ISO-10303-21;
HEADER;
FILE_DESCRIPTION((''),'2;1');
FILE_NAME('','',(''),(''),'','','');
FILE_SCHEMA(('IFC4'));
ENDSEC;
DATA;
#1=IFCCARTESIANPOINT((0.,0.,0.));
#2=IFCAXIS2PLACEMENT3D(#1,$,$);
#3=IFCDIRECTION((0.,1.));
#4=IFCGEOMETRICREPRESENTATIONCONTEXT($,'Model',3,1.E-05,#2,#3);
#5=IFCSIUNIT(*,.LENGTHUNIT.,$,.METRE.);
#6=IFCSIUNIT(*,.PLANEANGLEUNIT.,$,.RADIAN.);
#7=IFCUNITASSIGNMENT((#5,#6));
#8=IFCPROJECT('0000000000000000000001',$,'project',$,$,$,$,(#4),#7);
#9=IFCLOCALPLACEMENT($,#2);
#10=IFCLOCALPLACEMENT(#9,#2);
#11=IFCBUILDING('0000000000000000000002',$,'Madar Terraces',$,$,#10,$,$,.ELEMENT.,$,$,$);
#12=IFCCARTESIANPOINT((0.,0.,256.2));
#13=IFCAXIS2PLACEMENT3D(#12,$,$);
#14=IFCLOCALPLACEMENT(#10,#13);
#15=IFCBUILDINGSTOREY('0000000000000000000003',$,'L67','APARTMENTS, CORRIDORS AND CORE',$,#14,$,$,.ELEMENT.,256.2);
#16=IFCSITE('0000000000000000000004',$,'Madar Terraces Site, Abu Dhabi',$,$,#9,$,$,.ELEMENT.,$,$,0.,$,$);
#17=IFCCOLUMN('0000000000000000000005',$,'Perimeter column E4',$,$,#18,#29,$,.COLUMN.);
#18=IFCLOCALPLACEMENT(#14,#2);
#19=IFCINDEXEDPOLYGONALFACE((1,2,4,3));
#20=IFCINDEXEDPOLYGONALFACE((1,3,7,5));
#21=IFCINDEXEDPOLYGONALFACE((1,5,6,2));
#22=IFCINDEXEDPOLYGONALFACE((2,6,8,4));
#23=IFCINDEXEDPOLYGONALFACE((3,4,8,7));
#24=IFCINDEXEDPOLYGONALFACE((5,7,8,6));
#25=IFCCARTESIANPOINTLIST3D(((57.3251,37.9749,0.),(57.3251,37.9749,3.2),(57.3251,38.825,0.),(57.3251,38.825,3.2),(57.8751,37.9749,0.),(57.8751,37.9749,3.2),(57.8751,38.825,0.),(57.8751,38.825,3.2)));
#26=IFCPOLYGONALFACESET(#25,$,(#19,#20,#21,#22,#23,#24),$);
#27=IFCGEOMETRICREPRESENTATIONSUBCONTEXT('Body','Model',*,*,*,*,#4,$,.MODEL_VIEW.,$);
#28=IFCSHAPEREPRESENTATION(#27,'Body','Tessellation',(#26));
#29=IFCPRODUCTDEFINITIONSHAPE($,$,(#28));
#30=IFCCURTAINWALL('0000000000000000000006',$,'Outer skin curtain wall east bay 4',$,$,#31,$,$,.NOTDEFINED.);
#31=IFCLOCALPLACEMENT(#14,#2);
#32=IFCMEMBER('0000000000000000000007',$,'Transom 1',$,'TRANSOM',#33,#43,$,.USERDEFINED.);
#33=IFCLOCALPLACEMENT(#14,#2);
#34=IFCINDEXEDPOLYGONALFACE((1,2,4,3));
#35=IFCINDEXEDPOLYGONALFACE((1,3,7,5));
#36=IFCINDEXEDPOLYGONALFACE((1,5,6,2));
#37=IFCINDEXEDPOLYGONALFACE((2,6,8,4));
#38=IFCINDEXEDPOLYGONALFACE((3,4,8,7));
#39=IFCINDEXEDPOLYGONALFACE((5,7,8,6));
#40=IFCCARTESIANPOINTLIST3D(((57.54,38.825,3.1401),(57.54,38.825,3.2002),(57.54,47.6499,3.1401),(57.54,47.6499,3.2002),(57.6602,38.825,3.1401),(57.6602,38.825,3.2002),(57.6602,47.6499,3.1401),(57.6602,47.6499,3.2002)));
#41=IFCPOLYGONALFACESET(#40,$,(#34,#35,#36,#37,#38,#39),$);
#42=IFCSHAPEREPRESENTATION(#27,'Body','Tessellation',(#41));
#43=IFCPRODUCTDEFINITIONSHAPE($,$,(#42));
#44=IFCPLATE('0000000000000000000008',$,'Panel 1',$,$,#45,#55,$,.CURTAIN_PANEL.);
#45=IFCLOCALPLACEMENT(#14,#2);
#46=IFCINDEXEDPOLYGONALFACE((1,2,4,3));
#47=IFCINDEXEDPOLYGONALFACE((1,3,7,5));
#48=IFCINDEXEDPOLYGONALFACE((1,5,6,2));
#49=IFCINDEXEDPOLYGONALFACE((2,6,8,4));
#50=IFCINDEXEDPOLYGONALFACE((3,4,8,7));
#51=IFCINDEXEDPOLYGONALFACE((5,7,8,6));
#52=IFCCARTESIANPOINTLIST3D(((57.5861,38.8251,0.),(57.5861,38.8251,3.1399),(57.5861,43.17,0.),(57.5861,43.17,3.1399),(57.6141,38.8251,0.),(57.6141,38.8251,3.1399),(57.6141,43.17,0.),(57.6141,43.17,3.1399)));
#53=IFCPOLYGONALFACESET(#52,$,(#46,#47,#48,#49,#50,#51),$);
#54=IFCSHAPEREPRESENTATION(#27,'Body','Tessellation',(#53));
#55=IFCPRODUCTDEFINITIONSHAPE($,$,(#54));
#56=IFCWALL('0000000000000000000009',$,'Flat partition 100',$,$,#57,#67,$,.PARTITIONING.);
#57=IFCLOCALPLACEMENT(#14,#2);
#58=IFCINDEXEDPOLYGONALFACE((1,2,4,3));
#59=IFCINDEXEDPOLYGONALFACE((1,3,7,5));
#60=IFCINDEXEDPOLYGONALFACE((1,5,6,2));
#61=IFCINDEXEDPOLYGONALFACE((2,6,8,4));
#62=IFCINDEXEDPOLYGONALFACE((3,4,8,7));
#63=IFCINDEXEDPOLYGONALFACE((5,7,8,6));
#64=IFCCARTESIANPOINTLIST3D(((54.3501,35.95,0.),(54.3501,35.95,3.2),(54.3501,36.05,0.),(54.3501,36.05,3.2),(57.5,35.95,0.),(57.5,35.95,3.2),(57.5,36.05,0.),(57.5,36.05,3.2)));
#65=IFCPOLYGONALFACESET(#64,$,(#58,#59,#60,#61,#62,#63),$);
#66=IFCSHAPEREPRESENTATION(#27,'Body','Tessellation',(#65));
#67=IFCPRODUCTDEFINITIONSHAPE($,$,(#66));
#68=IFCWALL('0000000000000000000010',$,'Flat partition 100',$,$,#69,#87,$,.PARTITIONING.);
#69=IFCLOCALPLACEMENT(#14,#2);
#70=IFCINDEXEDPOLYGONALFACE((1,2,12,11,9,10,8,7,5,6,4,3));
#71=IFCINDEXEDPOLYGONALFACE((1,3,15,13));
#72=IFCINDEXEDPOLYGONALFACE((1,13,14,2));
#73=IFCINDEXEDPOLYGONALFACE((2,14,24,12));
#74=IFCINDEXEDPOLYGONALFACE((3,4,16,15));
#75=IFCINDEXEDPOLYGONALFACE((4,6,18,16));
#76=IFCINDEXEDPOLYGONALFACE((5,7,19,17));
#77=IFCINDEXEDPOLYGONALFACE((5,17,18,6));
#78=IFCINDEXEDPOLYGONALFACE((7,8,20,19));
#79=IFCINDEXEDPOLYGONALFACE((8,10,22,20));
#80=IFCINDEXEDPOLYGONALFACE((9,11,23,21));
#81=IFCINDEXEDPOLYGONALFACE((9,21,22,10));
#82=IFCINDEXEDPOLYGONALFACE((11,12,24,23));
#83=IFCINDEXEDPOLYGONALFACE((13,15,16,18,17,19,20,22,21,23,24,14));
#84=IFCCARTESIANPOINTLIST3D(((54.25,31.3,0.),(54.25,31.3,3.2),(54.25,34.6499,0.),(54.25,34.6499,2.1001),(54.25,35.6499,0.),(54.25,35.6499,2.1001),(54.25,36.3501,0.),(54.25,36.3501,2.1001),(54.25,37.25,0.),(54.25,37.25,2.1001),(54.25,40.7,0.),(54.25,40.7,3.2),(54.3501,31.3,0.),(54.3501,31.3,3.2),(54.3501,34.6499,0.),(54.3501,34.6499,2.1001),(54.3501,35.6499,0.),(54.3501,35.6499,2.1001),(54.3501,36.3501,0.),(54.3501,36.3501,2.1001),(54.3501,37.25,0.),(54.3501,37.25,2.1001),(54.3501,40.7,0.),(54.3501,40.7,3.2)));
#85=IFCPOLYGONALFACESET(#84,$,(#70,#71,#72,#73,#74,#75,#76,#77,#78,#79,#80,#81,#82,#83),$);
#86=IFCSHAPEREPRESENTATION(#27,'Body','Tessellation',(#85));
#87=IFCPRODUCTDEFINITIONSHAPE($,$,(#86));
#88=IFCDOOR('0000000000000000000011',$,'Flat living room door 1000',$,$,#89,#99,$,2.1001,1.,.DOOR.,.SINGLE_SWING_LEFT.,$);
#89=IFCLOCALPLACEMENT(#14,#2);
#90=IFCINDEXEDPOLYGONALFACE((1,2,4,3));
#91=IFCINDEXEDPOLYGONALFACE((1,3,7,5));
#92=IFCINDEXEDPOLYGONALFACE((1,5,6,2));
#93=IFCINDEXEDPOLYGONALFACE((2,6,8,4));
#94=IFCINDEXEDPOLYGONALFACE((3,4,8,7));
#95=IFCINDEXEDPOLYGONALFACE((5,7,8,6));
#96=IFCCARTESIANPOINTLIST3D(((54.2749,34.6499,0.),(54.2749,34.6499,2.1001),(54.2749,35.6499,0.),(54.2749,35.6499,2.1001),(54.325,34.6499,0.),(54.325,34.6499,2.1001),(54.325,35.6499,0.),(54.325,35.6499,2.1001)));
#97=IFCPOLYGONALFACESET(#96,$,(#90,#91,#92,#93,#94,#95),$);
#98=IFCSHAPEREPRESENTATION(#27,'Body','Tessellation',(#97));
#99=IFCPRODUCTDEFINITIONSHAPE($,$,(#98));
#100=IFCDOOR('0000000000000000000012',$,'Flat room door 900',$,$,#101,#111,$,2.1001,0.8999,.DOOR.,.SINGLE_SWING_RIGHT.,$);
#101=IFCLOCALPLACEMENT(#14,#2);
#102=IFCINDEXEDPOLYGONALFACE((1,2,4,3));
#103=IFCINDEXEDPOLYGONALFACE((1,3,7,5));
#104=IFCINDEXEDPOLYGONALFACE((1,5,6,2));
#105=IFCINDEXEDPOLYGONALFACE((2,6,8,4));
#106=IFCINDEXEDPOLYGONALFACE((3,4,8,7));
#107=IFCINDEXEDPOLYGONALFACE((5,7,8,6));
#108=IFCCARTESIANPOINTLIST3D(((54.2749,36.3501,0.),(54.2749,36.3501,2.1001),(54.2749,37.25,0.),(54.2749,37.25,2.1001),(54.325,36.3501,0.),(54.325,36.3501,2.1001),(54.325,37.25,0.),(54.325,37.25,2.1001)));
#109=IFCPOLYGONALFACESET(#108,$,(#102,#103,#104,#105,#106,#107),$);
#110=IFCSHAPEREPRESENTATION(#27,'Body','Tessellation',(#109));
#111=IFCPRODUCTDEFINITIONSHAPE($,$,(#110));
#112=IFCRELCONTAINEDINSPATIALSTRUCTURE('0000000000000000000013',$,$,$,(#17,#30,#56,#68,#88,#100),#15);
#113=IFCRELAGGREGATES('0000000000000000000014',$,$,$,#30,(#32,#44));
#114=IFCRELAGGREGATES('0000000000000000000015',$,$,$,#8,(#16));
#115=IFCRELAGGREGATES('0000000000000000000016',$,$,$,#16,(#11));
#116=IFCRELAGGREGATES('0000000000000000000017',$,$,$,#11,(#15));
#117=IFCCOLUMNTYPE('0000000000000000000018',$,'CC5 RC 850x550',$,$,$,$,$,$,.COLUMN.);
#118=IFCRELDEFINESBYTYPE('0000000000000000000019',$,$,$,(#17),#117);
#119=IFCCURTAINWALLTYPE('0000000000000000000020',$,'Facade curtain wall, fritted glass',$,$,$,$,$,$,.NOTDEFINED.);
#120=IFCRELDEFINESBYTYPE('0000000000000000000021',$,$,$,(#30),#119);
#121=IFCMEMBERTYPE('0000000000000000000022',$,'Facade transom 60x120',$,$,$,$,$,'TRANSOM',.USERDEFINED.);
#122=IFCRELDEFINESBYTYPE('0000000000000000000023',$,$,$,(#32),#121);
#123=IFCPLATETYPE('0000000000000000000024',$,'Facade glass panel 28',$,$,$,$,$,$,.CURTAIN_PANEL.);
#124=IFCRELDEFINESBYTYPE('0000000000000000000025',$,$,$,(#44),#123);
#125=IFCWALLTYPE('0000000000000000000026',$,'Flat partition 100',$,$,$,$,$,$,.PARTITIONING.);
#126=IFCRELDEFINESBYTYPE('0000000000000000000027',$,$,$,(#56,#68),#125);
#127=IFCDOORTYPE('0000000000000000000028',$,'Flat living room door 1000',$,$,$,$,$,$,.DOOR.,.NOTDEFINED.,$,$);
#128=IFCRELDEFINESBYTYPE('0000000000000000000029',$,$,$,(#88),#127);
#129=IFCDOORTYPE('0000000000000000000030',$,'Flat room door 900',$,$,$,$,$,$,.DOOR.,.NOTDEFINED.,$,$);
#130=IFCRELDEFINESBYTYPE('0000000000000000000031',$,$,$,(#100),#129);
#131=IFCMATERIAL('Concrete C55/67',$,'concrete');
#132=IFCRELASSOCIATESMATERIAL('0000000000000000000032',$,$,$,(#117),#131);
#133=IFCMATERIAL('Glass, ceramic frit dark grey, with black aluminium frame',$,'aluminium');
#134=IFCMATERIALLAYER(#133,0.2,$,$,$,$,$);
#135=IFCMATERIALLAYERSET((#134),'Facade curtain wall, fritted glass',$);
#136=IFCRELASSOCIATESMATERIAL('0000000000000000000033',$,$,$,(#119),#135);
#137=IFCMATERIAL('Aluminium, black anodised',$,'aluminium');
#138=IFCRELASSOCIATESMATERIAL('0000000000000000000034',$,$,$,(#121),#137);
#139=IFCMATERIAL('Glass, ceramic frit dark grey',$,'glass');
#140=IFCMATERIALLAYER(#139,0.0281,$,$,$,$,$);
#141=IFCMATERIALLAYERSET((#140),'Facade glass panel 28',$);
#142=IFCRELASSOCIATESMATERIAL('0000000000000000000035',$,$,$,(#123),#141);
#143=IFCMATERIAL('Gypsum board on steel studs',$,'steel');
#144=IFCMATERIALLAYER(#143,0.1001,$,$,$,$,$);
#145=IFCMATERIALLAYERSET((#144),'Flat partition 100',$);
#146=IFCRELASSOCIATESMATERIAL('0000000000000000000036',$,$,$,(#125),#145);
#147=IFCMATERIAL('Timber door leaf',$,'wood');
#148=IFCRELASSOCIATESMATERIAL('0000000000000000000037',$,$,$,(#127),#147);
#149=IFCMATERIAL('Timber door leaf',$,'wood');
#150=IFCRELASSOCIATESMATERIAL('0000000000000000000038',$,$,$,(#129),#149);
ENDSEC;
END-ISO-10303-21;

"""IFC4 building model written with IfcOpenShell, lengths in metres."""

from ifc_helpers import new_model, si_unit, direction, frame, frame_2d, origin, origin_2d, place, context, subcontext, project, spatial, rectangle, extrude, material, layer, layer_set, material_profile, profile_set, type_object, element, fill, aggregate, save


model = new_model("IFC4")

# Units and contexts
model_context = context("Model", 3, precision=1e-05, world=origin(), true_north=direction((0.0, 1.0)))
body_context = subcontext(model_context, "Body", "Model", "MODEL_VIEW")
ifc_project = project(units=[si_unit("LENGTHUNIT", "METRE"), si_unit("PLANEANGLEUNIT", "RADIAN")], contexts=[model_context])

# Site, building, storey
site_placement = place(None, origin())
site = spatial("IfcSite", under=ifc_project, at=site_placement, Name="Madar Terraces Site, Abu Dhabi", CompositionType="ELEMENT", RefElevation=0.0)
building_placement = place(site_placement, origin())
building = spatial("IfcBuilding", under=site, at=building_placement, Name="Madar Terraces", CompositionType="ELEMENT")
storey_placement = place(building_placement, frame((0.0, 0.0, 256.2)))
storey = spatial("IfcBuildingStorey", under=building, at=storey_placement, Name="L67", Description="APARTMENTS, CORRIDORS AND CORE", CompositionType="ELEMENT", Elevation=256.2)

# Column
ifc_material_1 = material(Name="Concrete C55/67", Category="concrete")
ifc_material_profile_1 = material_profile(ifc_material_1, rectangle(XDim=0.8501, YDim=0.55, at=origin_2d()), Name="CC5 RC 850x550")
ifc_profile_set_1 = profile_set([ifc_material_profile_1], Name="Concrete C55/67")
column_type = type_object("IfcColumnType", Name="CC5 RC 850x550", PredefinedType="COLUMN", material=ifc_profile_set_1)
column_placement = place(storey_placement, frame((57.6001, 38.3999, 0.0), z_axis=(0.0, 0.0, 1.0), x_axis=(0.0, 1.0, 0.0)))
element("IfcColumn", 1, at=column_placement, inside=storey, type_object=column_type, Name="Perimeter column E4", PredefinedType="COLUMN", context=body_context, shape_type="SweptSolid", body=[
    extrude(rectangle(XDim=0.8501, YDim=0.55, at=origin_2d()), origin(), (0.0, 0.0, 1.0), 3.2),
])

# Curtain wall, member, plate
ifc_material_2 = material(Name="Glass, ceramic frit dark grey, with black aluminium frame", Category="aluminium")
ifc_layer_1 = layer(ifc_material_2, 0.2)
ifc_layer_set_1 = layer_set([ifc_layer_1], Name="Facade curtain wall, fritted glass")
curtain_wall_type = type_object("IfcCurtainWallType", Name="Facade curtain wall, fritted glass", PredefinedType="NOTDEFINED", material=ifc_layer_set_1)
curtain_wall_placement = place(storey_placement, origin())
curtain_wall = element("IfcCurtainWall", 2, at=curtain_wall_placement, inside=storey, type_object=curtain_wall_type, Name="Outer skin curtain wall east bay 4", PredefinedType="NOTDEFINED")
ifc_material_3 = material(Name="Aluminium, black anodised", Category="aluminium")
ifc_material_profile_2 = material_profile(ifc_material_3, rectangle(XDim=0.1201, YDim=0.0601, at=origin_2d()), Name="Facade transom 60x120")
ifc_profile_set_2 = profile_set([ifc_material_profile_2], Name="Aluminium, black anodised")
member_type = type_object("IfcMemberType", Name="Facade transom 60x120", ElementType="TRANSOM", PredefinedType="USERDEFINED", material=ifc_profile_set_2)
member_placement = place(storey_placement, frame((57.6001, 38.825, 3.1702), z_axis=(0.0, 1.0, 0.0), x_axis=(-1.0, 0.0, 0.0)))
member = element("IfcMember", 3, at=member_placement, type_object=member_type, Name="Transom 1", ObjectType="TRANSOM", PredefinedType="USERDEFINED", context=body_context, shape_type="SweptSolid", body=[
    extrude(rectangle(XDim=0.1201, YDim=0.0601, at=origin_2d()), origin(), (0.0, 0.0, 1.0), 8.825),
])
ifc_material_4 = material(Name="Glass, ceramic frit dark grey", Category="glass")
ifc_layer_2 = layer(ifc_material_4, 0.0281)
ifc_layer_set_2 = layer_set([ifc_layer_2], Name="Facade glass panel 28")
plate_type = type_object("IfcPlateType", Name="Facade glass panel 28", PredefinedType="CURTAIN_PANEL", material=ifc_layer_set_2)
plate_placement = place(storey_placement, frame((57.6001, 40.9976, 0.0), z_axis=(0.0, 0.0, 1.0), x_axis=(0.0, 1.0, 0.0)))
plate = element("IfcPlate", 4, at=plate_placement, type_object=plate_type, Name="Panel 1", PredefinedType="CURTAIN_PANEL", context=body_context, shape_type="SweptSolid", body=[
    extrude(rectangle(XDim=4.345, YDim=0.0281, at=origin_2d()), origin(), (0.0, 0.0, 1.0), 3.1399),
])
aggregate(curtain_wall, [member, plate])

# Wall
ifc_material_5 = material(Name="Gypsum board on steel studs", Category="steel")
ifc_layer_3 = layer(ifc_material_5, 0.1001)
ifc_layer_set_3 = layer_set([ifc_layer_3], Name="Flat partition 100")
wall_type_1 = type_object("IfcWallType", Name="Flat partition 100", PredefinedType="PARTITIONING", material=ifc_layer_set_3)
wall_1_placement = place(storey_placement, frame((54.3501, 36.0, 0.0), z_axis=(0.0, 0.0, 1.0), x_axis=(1.0, 0.0, 0.0)))
element("IfcWall", 5, at=wall_1_placement, inside=storey, type_object=wall_type_1, Name="Flat partition 100", PredefinedType="PARTITIONING", context=body_context, shape_type="SweptSolid", body=[
    extrude(rectangle(XDim=3.1499, YDim=0.1001, at=frame_2d((1.575, 0.0))), origin(), (0.0, 0.0, 1.0), 3.2),
])

# Wall, openings, doors
wall_2_placement = place(storey_placement, frame((54.3, 40.7, 0.0), z_axis=(0.0, 0.0, 1.0), x_axis=(0.0, -1.0, 0.0)))
wall_2 = element("IfcWall", 6, at=wall_2_placement, inside=storey, type_object=wall_type_1, Name="Flat partition 100", PredefinedType="PARTITIONING", context=body_context, shape_type="SweptSolid", body=[
    extrude(rectangle(XDim=9.3999, YDim=0.1001, at=frame_2d((4.7, 0.0))), origin(), (0.0, 0.0, 1.0), 3.2),
])
opening_1_placement = place(wall_2_placement, frame((3.45, 0.0, 0.0)))
opening_1 = element("IfcOpeningElement", 7, at=opening_1_placement, cuts=wall_2, PredefinedType="OPENING", context=body_context, shape_type="SweptSolid", body=[
    extrude(rectangle(XDim=0.8999, YDim=2.1001, at=frame_2d((0.45, 1.05))), frame((0.0, 0.0601, 0.0), z_axis=(0.0, -1.0, 0.0), x_axis=(1.0, 0.0, 0.0)), (0.0, 0.0, 1.0), 0.1201),
])
opening_2_placement = place(wall_2_placement, frame((5.05, 0.0, 0.0)))
opening_2 = element("IfcOpeningElement", 8, at=opening_2_placement, cuts=wall_2, PredefinedType="OPENING", context=body_context, shape_type="SweptSolid", body=[
    extrude(rectangle(XDim=1.0, YDim=2.1001, at=frame_2d((0.5, 1.05))), frame((0.0, 0.0601, 0.0), z_axis=(0.0, -1.0, 0.0), x_axis=(1.0, 0.0, 0.0)), (0.0, 0.0, 1.0), 0.1201),
])
ifc_material_6 = material(Name="Timber door leaf", Category="wood")
door_type_1 = type_object("IfcDoorType", Name="Flat living room door 1000", OperationType="NOTDEFINED", PredefinedType="DOOR", material=ifc_material_6)
door_1_placement = place(opening_2_placement, origin())
door_1 = element("IfcDoor", 9, at=door_1_placement, inside=storey, type_object=door_type_1, Name="Flat living room door 1000", OperationType="SINGLE_SWING_LEFT", OverallHeight=2.1001, OverallWidth=1.0, PredefinedType="DOOR", context=body_context, shape_type="SweptSolid", body=[
    extrude(rectangle(XDim=1.0, YDim=2.1001, at=frame_2d((0.5, 1.05))), frame((0.0, 0.0249, 0.0), z_axis=(0.0, -1.0, 0.0), x_axis=(1.0, 0.0, 0.0)), (0.0, 0.0, 1.0), 0.05),
])
fill(opening_2, door_1)
ifc_material_7 = material(Name="Timber door leaf", Category="wood")
door_type_2 = type_object("IfcDoorType", Name="Flat room door 900", OperationType="NOTDEFINED", PredefinedType="DOOR", material=ifc_material_7)
door_2_placement = place(opening_1_placement, origin())
door_2 = element("IfcDoor", 10, at=door_2_placement, inside=storey, type_object=door_type_2, Name="Flat room door 900", OperationType="SINGLE_SWING_RIGHT", OverallHeight=2.1001, OverallWidth=0.8999, PredefinedType="DOOR", context=body_context, shape_type="SweptSolid", body=[
    extrude(rectangle(XDim=0.8999, YDim=2.1001, at=frame_2d((0.45, 1.05))), frame((0.0, 0.0249, 0.0), z_axis=(0.0, -1.0, 0.0), x_axis=(1.0, 0.0, 0.0)), (0.0, 0.0, 1.0), 0.05),
])
fill(opening_1, door_2)

save(model, "model.ifc")
